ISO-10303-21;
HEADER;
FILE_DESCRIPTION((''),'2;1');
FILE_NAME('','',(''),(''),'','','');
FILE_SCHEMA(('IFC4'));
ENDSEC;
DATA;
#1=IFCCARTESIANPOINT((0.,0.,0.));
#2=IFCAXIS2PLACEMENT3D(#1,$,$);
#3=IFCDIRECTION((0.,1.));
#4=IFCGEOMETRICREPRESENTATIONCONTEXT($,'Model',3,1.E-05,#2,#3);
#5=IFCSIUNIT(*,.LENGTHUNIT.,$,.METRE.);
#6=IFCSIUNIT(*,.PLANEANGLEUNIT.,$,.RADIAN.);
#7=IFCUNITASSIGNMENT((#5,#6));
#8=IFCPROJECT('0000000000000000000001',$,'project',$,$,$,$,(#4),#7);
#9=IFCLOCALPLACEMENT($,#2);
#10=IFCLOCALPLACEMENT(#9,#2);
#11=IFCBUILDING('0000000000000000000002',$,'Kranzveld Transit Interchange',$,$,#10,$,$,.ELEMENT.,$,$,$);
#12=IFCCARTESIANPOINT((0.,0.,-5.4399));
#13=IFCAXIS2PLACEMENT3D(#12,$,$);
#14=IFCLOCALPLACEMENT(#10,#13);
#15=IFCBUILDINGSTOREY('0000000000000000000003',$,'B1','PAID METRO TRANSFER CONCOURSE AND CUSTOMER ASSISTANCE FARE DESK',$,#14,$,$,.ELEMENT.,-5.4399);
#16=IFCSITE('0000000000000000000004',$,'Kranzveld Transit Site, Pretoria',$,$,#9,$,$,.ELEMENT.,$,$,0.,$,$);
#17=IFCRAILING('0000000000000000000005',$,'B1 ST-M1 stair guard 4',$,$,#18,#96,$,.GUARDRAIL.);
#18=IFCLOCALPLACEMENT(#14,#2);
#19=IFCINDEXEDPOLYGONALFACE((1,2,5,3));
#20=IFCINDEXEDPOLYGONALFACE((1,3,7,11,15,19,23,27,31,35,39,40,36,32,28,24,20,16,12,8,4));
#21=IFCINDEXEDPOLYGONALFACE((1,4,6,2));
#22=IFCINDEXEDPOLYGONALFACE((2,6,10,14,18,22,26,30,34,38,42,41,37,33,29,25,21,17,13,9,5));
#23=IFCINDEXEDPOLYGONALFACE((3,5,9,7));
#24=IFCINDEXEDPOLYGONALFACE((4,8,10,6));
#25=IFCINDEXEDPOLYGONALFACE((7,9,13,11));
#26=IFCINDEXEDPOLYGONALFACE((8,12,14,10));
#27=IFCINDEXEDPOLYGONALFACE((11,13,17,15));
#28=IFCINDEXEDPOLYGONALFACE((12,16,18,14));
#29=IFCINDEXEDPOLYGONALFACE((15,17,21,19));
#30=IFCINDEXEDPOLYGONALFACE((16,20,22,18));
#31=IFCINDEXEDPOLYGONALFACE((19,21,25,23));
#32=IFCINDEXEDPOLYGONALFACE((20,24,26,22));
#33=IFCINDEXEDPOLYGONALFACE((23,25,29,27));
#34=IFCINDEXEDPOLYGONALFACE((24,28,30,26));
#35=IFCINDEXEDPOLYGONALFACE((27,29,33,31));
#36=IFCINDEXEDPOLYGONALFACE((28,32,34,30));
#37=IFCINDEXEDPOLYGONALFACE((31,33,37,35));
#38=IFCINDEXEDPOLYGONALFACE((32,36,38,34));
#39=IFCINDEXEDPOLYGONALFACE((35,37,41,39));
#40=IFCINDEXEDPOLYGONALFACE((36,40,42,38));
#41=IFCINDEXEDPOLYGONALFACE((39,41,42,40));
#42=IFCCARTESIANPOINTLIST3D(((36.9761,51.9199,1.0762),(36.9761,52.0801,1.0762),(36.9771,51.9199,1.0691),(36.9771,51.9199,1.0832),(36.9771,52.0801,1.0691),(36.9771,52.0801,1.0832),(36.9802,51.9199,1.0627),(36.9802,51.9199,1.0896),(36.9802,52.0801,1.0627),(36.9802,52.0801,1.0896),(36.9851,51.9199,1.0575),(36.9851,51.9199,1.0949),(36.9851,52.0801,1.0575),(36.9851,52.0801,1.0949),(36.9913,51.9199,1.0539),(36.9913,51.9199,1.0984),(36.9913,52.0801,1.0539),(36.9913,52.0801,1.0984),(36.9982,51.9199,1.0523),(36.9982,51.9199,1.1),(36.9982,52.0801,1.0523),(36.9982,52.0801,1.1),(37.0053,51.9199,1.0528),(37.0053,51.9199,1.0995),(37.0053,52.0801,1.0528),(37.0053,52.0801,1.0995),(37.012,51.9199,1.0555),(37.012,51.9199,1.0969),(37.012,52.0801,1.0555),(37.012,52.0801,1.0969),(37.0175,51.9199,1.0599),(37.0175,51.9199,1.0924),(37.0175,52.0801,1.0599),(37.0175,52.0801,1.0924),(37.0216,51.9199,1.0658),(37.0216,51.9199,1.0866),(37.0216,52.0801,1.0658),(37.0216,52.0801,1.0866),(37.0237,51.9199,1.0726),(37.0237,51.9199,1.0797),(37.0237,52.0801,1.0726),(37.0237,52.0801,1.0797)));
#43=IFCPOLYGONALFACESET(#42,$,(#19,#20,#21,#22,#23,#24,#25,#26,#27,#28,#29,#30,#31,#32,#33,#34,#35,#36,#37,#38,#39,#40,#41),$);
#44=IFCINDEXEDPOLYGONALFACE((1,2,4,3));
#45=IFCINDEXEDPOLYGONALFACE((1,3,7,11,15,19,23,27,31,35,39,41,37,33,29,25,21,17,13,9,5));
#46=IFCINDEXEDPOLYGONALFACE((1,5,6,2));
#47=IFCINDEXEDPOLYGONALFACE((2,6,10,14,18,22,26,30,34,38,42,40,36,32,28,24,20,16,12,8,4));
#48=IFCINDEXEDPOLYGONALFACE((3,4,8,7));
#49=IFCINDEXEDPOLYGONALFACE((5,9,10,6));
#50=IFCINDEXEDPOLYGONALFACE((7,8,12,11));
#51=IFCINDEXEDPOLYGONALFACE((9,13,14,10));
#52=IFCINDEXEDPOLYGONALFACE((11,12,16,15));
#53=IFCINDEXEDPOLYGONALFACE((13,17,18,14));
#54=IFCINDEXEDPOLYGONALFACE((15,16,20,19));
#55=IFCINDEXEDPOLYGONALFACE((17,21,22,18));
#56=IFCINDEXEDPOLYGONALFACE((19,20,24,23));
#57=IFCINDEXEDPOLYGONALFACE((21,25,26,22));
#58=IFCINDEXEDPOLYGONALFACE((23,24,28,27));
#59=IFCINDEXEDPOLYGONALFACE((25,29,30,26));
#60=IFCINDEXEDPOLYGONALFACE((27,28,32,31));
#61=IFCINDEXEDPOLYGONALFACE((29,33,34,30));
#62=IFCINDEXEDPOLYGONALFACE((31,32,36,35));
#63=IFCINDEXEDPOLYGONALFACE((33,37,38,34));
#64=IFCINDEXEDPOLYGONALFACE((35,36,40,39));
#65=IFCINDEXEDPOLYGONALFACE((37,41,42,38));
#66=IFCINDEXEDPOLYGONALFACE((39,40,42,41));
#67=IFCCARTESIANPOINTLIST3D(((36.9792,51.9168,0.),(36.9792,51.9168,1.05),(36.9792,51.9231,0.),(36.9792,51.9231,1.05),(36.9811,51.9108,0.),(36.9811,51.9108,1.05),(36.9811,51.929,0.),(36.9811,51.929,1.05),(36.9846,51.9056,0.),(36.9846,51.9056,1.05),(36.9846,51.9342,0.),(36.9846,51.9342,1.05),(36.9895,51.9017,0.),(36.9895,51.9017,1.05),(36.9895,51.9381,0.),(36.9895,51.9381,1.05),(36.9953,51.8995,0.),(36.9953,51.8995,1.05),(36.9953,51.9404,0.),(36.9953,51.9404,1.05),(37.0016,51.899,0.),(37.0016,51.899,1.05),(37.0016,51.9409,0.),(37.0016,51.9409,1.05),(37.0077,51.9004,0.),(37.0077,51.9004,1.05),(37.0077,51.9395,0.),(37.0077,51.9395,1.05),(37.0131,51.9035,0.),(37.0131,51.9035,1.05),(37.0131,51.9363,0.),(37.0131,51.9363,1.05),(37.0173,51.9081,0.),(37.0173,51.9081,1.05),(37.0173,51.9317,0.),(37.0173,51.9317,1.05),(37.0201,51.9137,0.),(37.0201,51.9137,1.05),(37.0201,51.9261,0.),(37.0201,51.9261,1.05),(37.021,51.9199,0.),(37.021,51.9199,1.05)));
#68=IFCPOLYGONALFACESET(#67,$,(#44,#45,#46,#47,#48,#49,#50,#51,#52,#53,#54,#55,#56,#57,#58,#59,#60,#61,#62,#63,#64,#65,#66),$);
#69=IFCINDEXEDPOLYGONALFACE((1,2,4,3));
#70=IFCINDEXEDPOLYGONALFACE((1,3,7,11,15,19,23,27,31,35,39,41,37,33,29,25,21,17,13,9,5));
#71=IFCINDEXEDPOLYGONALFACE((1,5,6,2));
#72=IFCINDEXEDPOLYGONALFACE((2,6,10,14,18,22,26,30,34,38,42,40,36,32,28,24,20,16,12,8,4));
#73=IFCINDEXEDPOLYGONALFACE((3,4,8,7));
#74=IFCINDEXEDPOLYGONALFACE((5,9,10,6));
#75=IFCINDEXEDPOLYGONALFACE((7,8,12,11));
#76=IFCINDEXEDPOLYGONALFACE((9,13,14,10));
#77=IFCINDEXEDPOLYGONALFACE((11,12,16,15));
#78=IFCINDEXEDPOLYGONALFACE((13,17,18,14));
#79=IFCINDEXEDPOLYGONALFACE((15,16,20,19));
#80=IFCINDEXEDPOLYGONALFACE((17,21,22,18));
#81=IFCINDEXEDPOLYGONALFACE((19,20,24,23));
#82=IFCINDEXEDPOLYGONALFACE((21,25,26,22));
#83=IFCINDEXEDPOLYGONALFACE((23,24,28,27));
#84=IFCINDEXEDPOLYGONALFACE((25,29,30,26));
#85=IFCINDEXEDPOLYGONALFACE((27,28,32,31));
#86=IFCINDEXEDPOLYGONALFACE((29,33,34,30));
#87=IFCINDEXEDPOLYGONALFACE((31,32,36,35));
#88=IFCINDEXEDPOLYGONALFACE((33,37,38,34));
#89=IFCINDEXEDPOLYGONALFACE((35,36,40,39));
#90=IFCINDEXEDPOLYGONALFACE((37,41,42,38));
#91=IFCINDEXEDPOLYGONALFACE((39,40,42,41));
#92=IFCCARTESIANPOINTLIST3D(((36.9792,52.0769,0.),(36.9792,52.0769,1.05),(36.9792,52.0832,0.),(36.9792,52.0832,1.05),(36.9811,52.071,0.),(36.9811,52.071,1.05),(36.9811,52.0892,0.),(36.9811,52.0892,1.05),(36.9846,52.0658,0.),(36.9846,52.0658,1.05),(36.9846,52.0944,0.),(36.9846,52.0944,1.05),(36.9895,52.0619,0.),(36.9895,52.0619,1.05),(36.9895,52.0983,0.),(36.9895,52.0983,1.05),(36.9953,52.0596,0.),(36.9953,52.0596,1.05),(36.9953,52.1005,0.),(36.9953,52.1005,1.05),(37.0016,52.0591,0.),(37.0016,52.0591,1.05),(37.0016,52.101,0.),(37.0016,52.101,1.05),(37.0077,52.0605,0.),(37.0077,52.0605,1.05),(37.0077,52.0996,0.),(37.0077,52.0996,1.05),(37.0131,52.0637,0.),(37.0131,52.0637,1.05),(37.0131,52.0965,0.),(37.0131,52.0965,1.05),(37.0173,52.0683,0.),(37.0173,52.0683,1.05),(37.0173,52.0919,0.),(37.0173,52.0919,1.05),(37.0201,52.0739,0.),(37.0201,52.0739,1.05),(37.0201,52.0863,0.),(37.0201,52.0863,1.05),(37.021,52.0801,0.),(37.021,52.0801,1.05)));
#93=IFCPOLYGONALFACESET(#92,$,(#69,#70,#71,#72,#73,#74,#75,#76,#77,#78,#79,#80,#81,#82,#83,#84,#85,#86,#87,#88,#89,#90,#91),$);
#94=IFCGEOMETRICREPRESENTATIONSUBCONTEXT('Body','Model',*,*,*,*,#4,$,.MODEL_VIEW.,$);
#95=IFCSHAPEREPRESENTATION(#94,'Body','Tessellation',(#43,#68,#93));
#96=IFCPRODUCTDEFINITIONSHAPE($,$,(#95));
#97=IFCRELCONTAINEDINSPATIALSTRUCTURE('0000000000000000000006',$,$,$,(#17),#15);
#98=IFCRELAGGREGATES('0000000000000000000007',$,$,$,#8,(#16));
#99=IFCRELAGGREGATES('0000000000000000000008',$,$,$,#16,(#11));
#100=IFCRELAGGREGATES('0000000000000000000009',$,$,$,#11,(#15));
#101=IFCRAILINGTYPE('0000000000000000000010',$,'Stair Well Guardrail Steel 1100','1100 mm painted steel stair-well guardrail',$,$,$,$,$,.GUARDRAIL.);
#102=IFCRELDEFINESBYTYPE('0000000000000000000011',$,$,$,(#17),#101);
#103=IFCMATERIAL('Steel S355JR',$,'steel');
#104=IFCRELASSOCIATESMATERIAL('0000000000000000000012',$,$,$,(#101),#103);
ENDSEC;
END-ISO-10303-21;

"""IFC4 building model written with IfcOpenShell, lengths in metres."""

from ifc_helpers import new_model, si_unit, direction, frame, origin, origin_2d, place, context, subcontext, project, spatial, circle, extrude, material, type_object, element, save


model = new_model("IFC4")

# Units and contexts
model_context = context("Model", 3, precision=1e-05, world=origin(), true_north=direction((0.0, 1.0)))
body_context = subcontext(model_context, "Body", "Model", "MODEL_VIEW")
ifc_project = project(units=[si_unit("LENGTHUNIT", "METRE"), si_unit("PLANEANGLEUNIT", "RADIAN")], contexts=[model_context])

# Site, building, storey
site_placement = place(None, origin())
site = spatial("IfcSite", under=ifc_project, at=site_placement, Name="Kranzveld Transit Site, Pretoria", CompositionType="ELEMENT", RefElevation=0.0)
building_placement = place(site_placement, origin())
building = spatial("IfcBuilding", under=site, at=building_placement, Name="Kranzveld Transit Interchange", CompositionType="ELEMENT")
storey_placement = place(building_placement, frame((0.0, 0.0, -5.4399)))
storey = spatial("IfcBuildingStorey", under=building, at=storey_placement, Name="B1", Description="PAID METRO TRANSFER CONCOURSE AND CUSTOMER ASSISTANCE FARE DESK", CompositionType="ELEMENT", Elevation=-5.4399)

# Railing
ifc_material_1 = material(Name="Steel S355JR", Category="steel")
railing_type_1 = type_object("IfcRailingType", Name="Stair Well Guardrail Steel 1100", Description="1100 mm painted steel stair-well guardrail", PredefinedType="GUARDRAIL", material=ifc_material_1)
railing_1_placement = place(storey_placement, frame((37.0, 51.9199, 0.0)))
element("IfcRailing", 1, at=railing_1_placement, inside=storey, type_object=railing_type_1, Name="B1 ST-M1 stair guard 4", PredefinedType="GUARDRAIL", context=body_context, shape_type="SweptSolid", body=[
    extrude(circle(Radius=0.0239, at=origin_2d()), frame((0.0, 0.0, 1.0762), z_axis=(0.0, 1.0, 0.0), x_axis=(-1.0, 0.0, 0.0)), (0.0, 0.0, 1.0), 0.1602),
    extrude(circle(Radius=0.021, at=origin_2d()), origin(), (0.0, 0.0, 1.0), 1.05),
    extrude(circle(Radius=0.021, at=origin_2d()), frame((0.0, 0.1602, 0.0)), (0.0, 0.0, 1.0), 1.05),
])

save(model, "model.ifc")
